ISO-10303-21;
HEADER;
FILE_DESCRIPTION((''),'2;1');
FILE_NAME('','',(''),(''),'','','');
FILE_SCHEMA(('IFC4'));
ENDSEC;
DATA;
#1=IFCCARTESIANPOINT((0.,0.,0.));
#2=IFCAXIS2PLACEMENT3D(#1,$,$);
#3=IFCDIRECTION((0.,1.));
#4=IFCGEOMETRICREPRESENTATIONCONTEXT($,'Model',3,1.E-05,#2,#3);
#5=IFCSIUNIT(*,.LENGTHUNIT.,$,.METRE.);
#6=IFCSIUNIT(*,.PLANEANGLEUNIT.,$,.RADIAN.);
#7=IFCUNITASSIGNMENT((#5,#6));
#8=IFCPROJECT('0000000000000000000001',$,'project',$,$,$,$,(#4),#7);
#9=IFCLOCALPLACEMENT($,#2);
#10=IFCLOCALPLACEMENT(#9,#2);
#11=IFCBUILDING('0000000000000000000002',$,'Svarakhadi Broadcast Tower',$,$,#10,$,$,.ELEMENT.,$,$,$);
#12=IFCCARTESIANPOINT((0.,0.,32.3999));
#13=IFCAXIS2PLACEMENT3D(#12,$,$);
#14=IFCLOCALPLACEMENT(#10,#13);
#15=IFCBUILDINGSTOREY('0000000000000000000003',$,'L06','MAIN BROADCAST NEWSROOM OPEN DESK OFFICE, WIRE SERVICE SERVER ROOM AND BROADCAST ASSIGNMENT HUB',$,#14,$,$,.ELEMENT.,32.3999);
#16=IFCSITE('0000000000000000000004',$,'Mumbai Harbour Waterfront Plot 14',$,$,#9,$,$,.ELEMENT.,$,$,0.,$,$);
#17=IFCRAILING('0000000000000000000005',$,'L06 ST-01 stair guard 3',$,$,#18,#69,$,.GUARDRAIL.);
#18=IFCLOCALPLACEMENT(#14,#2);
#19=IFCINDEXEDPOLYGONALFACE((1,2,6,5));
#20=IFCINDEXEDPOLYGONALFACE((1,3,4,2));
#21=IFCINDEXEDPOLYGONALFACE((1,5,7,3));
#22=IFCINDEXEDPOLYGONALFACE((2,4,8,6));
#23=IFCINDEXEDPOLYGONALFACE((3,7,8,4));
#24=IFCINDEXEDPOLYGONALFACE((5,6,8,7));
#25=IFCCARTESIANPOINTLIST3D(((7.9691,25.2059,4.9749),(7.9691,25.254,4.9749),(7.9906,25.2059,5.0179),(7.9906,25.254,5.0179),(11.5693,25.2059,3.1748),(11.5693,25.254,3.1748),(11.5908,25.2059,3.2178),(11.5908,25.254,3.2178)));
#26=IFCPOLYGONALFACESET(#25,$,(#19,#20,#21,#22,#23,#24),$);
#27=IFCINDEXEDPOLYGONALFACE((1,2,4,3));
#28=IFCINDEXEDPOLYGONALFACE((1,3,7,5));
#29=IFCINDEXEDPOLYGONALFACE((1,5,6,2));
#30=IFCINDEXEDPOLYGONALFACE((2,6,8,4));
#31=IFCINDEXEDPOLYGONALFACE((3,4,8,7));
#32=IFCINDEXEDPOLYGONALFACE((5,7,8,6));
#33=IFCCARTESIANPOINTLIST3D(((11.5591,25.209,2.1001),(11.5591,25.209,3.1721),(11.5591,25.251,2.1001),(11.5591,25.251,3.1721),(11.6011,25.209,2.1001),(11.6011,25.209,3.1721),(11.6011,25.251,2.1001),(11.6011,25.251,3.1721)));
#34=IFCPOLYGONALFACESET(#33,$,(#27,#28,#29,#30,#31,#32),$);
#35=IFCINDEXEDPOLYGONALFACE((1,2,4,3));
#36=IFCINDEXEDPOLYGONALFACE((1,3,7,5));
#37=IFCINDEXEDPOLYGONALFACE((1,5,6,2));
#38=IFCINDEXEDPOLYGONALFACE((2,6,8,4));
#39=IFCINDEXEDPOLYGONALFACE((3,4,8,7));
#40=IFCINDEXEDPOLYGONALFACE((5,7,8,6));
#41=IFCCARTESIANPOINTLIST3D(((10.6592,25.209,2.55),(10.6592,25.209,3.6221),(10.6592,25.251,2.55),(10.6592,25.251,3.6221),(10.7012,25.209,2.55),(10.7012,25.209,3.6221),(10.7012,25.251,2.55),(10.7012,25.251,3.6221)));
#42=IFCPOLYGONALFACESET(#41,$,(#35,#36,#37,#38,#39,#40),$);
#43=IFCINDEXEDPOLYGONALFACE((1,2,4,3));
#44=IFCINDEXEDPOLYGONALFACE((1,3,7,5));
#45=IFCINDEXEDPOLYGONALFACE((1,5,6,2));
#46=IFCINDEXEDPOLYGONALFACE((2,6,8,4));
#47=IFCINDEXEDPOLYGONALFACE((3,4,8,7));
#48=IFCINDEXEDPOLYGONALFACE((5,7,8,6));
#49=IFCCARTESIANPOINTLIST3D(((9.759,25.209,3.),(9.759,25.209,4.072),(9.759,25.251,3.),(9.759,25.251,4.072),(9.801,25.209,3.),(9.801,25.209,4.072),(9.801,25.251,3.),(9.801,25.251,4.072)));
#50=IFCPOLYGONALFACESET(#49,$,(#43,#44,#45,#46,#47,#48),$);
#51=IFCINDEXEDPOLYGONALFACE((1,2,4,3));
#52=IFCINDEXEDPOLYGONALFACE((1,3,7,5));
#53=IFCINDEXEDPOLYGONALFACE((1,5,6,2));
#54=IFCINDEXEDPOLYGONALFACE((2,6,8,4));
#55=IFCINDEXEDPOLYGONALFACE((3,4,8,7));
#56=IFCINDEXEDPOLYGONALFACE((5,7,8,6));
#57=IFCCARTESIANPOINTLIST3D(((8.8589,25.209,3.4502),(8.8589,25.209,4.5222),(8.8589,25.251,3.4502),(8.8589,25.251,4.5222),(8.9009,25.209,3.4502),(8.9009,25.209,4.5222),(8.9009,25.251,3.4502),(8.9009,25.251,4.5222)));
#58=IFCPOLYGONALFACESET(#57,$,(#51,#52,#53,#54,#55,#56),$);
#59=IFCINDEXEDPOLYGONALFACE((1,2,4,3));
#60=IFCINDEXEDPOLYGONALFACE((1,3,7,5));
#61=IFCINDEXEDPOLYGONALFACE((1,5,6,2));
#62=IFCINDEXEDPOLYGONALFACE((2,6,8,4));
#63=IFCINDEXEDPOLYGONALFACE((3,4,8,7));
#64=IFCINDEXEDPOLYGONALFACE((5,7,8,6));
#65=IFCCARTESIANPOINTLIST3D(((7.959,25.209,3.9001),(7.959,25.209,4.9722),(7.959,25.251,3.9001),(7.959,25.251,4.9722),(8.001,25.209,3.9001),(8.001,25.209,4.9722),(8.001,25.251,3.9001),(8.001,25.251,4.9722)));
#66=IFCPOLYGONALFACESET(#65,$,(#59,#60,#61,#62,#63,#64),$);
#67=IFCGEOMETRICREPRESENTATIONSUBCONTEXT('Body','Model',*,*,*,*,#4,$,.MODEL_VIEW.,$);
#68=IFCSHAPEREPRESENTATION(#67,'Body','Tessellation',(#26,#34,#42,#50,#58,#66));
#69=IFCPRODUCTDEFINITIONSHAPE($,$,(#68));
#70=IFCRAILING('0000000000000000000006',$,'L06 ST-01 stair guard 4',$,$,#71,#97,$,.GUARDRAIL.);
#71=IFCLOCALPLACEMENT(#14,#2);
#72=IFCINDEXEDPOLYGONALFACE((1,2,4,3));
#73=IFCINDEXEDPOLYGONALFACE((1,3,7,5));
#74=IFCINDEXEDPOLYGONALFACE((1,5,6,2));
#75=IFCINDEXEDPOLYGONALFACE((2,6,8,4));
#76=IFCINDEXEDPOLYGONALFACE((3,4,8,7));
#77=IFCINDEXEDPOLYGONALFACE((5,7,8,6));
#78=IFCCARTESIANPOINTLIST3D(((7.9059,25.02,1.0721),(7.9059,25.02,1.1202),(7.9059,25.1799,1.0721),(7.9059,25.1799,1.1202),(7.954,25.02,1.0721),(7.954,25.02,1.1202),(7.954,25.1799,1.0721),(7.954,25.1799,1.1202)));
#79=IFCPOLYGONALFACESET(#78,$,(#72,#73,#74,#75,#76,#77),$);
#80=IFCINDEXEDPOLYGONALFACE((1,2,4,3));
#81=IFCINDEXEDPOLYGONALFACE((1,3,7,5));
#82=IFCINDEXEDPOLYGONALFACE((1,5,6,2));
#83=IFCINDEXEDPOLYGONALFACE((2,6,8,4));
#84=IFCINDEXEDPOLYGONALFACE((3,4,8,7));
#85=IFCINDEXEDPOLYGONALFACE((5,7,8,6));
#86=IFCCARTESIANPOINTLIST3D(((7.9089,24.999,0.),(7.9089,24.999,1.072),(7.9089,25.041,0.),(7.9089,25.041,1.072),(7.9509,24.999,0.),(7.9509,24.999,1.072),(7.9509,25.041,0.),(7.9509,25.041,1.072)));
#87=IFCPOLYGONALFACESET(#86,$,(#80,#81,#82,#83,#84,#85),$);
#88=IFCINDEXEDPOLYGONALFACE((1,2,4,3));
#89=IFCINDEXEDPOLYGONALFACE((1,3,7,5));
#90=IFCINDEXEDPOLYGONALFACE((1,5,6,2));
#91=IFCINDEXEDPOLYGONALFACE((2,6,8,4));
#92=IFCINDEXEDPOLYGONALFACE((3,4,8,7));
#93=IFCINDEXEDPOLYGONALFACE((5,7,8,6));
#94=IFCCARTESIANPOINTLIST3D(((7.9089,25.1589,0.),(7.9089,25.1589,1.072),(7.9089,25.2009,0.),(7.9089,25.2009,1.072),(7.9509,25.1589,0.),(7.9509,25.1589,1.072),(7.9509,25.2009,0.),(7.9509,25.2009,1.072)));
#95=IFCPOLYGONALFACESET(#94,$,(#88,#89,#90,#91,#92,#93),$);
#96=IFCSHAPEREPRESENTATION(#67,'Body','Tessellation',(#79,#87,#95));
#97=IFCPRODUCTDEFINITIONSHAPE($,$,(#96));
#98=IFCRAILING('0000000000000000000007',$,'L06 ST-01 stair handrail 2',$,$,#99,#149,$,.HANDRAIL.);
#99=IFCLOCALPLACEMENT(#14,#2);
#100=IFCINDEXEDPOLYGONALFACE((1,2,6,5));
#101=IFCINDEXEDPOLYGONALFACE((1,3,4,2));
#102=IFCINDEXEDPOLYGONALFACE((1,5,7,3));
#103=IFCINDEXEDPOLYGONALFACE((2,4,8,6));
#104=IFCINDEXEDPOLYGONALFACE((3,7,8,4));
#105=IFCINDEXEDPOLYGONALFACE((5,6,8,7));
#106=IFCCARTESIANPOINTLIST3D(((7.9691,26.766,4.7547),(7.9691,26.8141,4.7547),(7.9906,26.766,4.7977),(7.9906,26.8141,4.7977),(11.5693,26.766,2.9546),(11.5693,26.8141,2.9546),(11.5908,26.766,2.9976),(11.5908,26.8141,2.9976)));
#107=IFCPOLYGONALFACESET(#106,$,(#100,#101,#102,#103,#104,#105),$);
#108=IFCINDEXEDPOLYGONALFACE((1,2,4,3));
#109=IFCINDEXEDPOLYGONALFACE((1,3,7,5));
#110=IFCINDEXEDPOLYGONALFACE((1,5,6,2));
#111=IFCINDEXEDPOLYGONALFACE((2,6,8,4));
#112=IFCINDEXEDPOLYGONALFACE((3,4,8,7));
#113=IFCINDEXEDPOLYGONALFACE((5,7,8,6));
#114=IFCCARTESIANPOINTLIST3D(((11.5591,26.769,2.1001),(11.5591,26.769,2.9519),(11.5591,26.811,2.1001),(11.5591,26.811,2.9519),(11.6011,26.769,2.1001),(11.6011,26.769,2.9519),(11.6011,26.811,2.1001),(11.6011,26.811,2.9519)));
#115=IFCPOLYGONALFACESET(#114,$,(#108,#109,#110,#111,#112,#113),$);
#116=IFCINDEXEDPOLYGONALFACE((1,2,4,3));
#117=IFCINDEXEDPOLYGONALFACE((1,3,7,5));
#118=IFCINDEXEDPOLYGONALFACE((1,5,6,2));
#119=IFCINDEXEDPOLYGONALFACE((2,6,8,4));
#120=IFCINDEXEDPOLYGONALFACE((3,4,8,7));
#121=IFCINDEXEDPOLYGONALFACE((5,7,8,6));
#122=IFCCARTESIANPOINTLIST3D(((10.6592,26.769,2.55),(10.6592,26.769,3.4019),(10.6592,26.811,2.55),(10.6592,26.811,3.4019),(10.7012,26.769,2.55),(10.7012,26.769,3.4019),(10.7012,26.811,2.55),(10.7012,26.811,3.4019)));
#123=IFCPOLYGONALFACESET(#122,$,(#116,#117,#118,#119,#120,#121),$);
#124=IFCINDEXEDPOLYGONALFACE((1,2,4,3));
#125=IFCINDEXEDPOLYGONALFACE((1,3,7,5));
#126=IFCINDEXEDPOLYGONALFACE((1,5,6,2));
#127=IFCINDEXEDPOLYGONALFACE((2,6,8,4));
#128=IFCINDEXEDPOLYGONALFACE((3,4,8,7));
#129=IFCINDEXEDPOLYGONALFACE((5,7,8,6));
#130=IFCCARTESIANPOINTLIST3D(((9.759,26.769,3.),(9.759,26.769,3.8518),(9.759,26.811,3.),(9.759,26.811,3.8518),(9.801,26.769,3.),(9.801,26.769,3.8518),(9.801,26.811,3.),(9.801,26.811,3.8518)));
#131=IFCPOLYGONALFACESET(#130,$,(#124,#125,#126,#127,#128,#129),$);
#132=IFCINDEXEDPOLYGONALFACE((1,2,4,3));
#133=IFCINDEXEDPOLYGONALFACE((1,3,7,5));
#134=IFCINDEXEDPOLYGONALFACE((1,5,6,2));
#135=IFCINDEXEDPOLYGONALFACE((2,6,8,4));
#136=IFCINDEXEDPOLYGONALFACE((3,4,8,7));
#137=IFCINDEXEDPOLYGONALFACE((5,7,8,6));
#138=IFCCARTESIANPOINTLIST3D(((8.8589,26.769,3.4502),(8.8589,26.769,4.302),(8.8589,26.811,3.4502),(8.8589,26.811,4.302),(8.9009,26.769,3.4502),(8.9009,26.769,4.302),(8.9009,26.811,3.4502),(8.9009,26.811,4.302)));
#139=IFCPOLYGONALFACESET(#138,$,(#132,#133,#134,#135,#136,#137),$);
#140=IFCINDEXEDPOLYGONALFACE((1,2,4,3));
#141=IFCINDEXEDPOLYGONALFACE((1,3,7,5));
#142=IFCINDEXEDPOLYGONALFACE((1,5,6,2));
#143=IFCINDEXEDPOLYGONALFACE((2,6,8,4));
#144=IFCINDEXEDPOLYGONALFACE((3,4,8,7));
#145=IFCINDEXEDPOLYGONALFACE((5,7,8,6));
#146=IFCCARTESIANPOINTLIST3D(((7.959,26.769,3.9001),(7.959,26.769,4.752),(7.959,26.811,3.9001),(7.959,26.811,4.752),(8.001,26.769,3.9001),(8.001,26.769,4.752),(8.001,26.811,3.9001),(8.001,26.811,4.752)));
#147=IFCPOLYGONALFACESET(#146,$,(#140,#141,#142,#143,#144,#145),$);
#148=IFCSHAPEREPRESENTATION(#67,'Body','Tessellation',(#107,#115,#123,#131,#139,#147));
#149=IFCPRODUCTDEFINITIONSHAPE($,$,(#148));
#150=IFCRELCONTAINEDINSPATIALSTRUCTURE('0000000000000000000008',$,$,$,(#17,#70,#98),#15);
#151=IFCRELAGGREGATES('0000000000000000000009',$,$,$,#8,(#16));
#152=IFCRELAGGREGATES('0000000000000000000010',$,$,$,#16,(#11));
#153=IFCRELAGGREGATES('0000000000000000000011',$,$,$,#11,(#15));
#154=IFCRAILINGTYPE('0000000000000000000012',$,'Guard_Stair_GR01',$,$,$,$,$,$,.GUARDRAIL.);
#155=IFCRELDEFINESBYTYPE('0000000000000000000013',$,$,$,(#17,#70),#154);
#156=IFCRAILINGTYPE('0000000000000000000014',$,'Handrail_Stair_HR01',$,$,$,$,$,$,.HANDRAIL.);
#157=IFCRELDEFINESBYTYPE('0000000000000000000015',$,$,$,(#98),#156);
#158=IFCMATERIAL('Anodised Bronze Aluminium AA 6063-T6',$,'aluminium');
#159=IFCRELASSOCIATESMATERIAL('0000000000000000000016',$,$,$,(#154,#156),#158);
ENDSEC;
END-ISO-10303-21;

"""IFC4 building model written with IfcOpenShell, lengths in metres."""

from ifc_helpers import new_model, si_unit, direction, frame, origin, origin_2d, place, context, subcontext, project, spatial, rectangle, extrude, material, type_object, element, save


model = new_model("IFC4")

# Units and contexts
model_context = context("Model", 3, precision=1e-05, world=origin(), true_north=direction((0.0, 1.0)))
body_context = subcontext(model_context, "Body", "Model", "MODEL_VIEW")
ifc_project = project(units=[si_unit("LENGTHUNIT", "METRE"), si_unit("PLANEANGLEUNIT", "RADIAN")], contexts=[model_context])

# Site, building, storey
site_placement = place(None, origin())
site = spatial("IfcSite", under=ifc_project, at=site_placement, Name="Mumbai Harbour Waterfront Plot 14", CompositionType="ELEMENT", RefElevation=0.0)
building_placement = place(site_placement, origin())
building = spatial("IfcBuilding", under=site, at=building_placement, Name="Svarakhadi Broadcast Tower", CompositionType="ELEMENT")
storey_placement = place(building_placement, frame((0.0, 0.0, 32.3999)))
storey = spatial("IfcBuildingStorey", under=building, at=storey_placement, Name="L06", Description="MAIN BROADCAST NEWSROOM OPEN DESK OFFICE, WIRE SERVICE SERVER ROOM AND BROADCAST ASSIGNMENT HUB", CompositionType="ELEMENT", Elevation=32.3999)

# Railings
ifc_material_1 = material(Name="Anodised Bronze Aluminium AA 6063-T6", Category="aluminium")
railing_type_1 = type_object("IfcRailingType", Name="Guard_Stair_GR01", PredefinedType="GUARDRAIL", material=ifc_material_1)
railing_1_placement = place(storey_placement, frame((11.5801, 25.23, 2.1001)))
element("IfcRailing", 1, at=railing_1_placement, inside=storey, type_object=railing_type_1, Name="L06 ST-01 stair guard 3", PredefinedType="GUARDRAIL", context=body_context, shape_type="SweptSolid", body=[
    extrude(rectangle(XDim=0.0481, YDim=0.0481, at=origin_2d()), frame((0.0, 0.0, 1.0962), z_axis=(-0.894427, 0.0, 0.447214), x_axis=(0.0, -1.0, 0.0)), (0.0, 0.0, 1.0), 4.0251),
    extrude(rectangle(XDim=0.042, YDim=0.042, at=origin_2d()), origin(), (0.0, 0.0, 1.0), 1.072),
    extrude(rectangle(XDim=0.042, YDim=0.042, at=origin_2d()), frame((-0.8999, 0.0, 0.45)), (0.0, 0.0, 1.0), 1.072),
    extrude(rectangle(XDim=0.042, YDim=0.042, at=origin_2d()), frame((-1.8, 0.0, 0.8999)), (0.0, 0.0, 1.0), 1.072),
    extrude(rectangle(XDim=0.042, YDim=0.042, at=origin_2d()), frame((-2.7002, 0.0, 1.3501)), (0.0, 0.0, 1.0), 1.072),
    extrude(rectangle(XDim=0.042, YDim=0.042, at=origin_2d()), frame((-3.6001, 0.0, 1.8)), (0.0, 0.0, 1.0), 1.072),
])
railing_2_placement = place(storey_placement, frame((7.9299, 25.02, 0.0)))
element("IfcRailing", 2, at=railing_2_placement, inside=storey, type_object=railing_type_1, Name="L06 ST-01 stair guard 4", PredefinedType="GUARDRAIL", context=body_context, shape_type="SweptSolid", body=[
    extrude(rectangle(XDim=0.0481, YDim=0.0481, at=origin_2d()), frame((0.0, 0.0, 1.0962), z_axis=(0.0, 1.0, 0.0), x_axis=(-1.0, 0.0, 0.0)), (0.0, 0.0, 1.0), 0.1599),
    extrude(rectangle(XDim=0.042, YDim=0.042, at=origin_2d()), origin(), (0.0, 0.0, 1.0), 1.072),
    extrude(rectangle(XDim=0.042, YDim=0.042, at=origin_2d()), frame((0.0, 0.1599, 0.0)), (0.0, 0.0, 1.0), 1.072),
])
railing_type_2 = type_object("IfcRailingType", Name="Handrail_Stair_HR01", PredefinedType="HANDRAIL", material=ifc_material_1)
railing_3_placement = place(storey_placement, frame((11.5801, 26.79, 2.1001)))
element("IfcRailing", 3, at=railing_3_placement, inside=storey, type_object=railing_type_2, Name="L06 ST-01 stair handrail 2", PredefinedType="HANDRAIL", context=body_context, shape_type="SweptSolid", body=[
    extrude(rectangle(XDim=0.0481, YDim=0.0481, at=origin_2d()), frame((0.0, 0.0, 0.876), z_axis=(-0.894427, 0.0, 0.447214), x_axis=(0.0, -1.0, 0.0)), (0.0, 0.0, 1.0), 4.0251),
    extrude(rectangle(XDim=0.042, YDim=0.042, at=origin_2d()), origin(), (0.0, 0.0, 1.0), 0.8518),
    extrude(rectangle(XDim=0.042, YDim=0.042, at=origin_2d()), frame((-0.8999, 0.0, 0.45)), (0.0, 0.0, 1.0), 0.8518),
    extrude(rectangle(XDim=0.042, YDim=0.042, at=origin_2d()), frame((-1.8, 0.0, 0.8999)), (0.0, 0.0, 1.0), 0.8518),
    extrude(rectangle(XDim=0.042, YDim=0.042, at=origin_2d()), frame((-2.7002, 0.0, 1.3501)), (0.0, 0.0, 1.0), 0.8518),
    extrude(rectangle(XDim=0.042, YDim=0.042, at=origin_2d()), frame((-3.6001, 0.0, 1.8)), (0.0, 0.0, 1.0), 0.8518),
])

save(model, "model.ifc")
